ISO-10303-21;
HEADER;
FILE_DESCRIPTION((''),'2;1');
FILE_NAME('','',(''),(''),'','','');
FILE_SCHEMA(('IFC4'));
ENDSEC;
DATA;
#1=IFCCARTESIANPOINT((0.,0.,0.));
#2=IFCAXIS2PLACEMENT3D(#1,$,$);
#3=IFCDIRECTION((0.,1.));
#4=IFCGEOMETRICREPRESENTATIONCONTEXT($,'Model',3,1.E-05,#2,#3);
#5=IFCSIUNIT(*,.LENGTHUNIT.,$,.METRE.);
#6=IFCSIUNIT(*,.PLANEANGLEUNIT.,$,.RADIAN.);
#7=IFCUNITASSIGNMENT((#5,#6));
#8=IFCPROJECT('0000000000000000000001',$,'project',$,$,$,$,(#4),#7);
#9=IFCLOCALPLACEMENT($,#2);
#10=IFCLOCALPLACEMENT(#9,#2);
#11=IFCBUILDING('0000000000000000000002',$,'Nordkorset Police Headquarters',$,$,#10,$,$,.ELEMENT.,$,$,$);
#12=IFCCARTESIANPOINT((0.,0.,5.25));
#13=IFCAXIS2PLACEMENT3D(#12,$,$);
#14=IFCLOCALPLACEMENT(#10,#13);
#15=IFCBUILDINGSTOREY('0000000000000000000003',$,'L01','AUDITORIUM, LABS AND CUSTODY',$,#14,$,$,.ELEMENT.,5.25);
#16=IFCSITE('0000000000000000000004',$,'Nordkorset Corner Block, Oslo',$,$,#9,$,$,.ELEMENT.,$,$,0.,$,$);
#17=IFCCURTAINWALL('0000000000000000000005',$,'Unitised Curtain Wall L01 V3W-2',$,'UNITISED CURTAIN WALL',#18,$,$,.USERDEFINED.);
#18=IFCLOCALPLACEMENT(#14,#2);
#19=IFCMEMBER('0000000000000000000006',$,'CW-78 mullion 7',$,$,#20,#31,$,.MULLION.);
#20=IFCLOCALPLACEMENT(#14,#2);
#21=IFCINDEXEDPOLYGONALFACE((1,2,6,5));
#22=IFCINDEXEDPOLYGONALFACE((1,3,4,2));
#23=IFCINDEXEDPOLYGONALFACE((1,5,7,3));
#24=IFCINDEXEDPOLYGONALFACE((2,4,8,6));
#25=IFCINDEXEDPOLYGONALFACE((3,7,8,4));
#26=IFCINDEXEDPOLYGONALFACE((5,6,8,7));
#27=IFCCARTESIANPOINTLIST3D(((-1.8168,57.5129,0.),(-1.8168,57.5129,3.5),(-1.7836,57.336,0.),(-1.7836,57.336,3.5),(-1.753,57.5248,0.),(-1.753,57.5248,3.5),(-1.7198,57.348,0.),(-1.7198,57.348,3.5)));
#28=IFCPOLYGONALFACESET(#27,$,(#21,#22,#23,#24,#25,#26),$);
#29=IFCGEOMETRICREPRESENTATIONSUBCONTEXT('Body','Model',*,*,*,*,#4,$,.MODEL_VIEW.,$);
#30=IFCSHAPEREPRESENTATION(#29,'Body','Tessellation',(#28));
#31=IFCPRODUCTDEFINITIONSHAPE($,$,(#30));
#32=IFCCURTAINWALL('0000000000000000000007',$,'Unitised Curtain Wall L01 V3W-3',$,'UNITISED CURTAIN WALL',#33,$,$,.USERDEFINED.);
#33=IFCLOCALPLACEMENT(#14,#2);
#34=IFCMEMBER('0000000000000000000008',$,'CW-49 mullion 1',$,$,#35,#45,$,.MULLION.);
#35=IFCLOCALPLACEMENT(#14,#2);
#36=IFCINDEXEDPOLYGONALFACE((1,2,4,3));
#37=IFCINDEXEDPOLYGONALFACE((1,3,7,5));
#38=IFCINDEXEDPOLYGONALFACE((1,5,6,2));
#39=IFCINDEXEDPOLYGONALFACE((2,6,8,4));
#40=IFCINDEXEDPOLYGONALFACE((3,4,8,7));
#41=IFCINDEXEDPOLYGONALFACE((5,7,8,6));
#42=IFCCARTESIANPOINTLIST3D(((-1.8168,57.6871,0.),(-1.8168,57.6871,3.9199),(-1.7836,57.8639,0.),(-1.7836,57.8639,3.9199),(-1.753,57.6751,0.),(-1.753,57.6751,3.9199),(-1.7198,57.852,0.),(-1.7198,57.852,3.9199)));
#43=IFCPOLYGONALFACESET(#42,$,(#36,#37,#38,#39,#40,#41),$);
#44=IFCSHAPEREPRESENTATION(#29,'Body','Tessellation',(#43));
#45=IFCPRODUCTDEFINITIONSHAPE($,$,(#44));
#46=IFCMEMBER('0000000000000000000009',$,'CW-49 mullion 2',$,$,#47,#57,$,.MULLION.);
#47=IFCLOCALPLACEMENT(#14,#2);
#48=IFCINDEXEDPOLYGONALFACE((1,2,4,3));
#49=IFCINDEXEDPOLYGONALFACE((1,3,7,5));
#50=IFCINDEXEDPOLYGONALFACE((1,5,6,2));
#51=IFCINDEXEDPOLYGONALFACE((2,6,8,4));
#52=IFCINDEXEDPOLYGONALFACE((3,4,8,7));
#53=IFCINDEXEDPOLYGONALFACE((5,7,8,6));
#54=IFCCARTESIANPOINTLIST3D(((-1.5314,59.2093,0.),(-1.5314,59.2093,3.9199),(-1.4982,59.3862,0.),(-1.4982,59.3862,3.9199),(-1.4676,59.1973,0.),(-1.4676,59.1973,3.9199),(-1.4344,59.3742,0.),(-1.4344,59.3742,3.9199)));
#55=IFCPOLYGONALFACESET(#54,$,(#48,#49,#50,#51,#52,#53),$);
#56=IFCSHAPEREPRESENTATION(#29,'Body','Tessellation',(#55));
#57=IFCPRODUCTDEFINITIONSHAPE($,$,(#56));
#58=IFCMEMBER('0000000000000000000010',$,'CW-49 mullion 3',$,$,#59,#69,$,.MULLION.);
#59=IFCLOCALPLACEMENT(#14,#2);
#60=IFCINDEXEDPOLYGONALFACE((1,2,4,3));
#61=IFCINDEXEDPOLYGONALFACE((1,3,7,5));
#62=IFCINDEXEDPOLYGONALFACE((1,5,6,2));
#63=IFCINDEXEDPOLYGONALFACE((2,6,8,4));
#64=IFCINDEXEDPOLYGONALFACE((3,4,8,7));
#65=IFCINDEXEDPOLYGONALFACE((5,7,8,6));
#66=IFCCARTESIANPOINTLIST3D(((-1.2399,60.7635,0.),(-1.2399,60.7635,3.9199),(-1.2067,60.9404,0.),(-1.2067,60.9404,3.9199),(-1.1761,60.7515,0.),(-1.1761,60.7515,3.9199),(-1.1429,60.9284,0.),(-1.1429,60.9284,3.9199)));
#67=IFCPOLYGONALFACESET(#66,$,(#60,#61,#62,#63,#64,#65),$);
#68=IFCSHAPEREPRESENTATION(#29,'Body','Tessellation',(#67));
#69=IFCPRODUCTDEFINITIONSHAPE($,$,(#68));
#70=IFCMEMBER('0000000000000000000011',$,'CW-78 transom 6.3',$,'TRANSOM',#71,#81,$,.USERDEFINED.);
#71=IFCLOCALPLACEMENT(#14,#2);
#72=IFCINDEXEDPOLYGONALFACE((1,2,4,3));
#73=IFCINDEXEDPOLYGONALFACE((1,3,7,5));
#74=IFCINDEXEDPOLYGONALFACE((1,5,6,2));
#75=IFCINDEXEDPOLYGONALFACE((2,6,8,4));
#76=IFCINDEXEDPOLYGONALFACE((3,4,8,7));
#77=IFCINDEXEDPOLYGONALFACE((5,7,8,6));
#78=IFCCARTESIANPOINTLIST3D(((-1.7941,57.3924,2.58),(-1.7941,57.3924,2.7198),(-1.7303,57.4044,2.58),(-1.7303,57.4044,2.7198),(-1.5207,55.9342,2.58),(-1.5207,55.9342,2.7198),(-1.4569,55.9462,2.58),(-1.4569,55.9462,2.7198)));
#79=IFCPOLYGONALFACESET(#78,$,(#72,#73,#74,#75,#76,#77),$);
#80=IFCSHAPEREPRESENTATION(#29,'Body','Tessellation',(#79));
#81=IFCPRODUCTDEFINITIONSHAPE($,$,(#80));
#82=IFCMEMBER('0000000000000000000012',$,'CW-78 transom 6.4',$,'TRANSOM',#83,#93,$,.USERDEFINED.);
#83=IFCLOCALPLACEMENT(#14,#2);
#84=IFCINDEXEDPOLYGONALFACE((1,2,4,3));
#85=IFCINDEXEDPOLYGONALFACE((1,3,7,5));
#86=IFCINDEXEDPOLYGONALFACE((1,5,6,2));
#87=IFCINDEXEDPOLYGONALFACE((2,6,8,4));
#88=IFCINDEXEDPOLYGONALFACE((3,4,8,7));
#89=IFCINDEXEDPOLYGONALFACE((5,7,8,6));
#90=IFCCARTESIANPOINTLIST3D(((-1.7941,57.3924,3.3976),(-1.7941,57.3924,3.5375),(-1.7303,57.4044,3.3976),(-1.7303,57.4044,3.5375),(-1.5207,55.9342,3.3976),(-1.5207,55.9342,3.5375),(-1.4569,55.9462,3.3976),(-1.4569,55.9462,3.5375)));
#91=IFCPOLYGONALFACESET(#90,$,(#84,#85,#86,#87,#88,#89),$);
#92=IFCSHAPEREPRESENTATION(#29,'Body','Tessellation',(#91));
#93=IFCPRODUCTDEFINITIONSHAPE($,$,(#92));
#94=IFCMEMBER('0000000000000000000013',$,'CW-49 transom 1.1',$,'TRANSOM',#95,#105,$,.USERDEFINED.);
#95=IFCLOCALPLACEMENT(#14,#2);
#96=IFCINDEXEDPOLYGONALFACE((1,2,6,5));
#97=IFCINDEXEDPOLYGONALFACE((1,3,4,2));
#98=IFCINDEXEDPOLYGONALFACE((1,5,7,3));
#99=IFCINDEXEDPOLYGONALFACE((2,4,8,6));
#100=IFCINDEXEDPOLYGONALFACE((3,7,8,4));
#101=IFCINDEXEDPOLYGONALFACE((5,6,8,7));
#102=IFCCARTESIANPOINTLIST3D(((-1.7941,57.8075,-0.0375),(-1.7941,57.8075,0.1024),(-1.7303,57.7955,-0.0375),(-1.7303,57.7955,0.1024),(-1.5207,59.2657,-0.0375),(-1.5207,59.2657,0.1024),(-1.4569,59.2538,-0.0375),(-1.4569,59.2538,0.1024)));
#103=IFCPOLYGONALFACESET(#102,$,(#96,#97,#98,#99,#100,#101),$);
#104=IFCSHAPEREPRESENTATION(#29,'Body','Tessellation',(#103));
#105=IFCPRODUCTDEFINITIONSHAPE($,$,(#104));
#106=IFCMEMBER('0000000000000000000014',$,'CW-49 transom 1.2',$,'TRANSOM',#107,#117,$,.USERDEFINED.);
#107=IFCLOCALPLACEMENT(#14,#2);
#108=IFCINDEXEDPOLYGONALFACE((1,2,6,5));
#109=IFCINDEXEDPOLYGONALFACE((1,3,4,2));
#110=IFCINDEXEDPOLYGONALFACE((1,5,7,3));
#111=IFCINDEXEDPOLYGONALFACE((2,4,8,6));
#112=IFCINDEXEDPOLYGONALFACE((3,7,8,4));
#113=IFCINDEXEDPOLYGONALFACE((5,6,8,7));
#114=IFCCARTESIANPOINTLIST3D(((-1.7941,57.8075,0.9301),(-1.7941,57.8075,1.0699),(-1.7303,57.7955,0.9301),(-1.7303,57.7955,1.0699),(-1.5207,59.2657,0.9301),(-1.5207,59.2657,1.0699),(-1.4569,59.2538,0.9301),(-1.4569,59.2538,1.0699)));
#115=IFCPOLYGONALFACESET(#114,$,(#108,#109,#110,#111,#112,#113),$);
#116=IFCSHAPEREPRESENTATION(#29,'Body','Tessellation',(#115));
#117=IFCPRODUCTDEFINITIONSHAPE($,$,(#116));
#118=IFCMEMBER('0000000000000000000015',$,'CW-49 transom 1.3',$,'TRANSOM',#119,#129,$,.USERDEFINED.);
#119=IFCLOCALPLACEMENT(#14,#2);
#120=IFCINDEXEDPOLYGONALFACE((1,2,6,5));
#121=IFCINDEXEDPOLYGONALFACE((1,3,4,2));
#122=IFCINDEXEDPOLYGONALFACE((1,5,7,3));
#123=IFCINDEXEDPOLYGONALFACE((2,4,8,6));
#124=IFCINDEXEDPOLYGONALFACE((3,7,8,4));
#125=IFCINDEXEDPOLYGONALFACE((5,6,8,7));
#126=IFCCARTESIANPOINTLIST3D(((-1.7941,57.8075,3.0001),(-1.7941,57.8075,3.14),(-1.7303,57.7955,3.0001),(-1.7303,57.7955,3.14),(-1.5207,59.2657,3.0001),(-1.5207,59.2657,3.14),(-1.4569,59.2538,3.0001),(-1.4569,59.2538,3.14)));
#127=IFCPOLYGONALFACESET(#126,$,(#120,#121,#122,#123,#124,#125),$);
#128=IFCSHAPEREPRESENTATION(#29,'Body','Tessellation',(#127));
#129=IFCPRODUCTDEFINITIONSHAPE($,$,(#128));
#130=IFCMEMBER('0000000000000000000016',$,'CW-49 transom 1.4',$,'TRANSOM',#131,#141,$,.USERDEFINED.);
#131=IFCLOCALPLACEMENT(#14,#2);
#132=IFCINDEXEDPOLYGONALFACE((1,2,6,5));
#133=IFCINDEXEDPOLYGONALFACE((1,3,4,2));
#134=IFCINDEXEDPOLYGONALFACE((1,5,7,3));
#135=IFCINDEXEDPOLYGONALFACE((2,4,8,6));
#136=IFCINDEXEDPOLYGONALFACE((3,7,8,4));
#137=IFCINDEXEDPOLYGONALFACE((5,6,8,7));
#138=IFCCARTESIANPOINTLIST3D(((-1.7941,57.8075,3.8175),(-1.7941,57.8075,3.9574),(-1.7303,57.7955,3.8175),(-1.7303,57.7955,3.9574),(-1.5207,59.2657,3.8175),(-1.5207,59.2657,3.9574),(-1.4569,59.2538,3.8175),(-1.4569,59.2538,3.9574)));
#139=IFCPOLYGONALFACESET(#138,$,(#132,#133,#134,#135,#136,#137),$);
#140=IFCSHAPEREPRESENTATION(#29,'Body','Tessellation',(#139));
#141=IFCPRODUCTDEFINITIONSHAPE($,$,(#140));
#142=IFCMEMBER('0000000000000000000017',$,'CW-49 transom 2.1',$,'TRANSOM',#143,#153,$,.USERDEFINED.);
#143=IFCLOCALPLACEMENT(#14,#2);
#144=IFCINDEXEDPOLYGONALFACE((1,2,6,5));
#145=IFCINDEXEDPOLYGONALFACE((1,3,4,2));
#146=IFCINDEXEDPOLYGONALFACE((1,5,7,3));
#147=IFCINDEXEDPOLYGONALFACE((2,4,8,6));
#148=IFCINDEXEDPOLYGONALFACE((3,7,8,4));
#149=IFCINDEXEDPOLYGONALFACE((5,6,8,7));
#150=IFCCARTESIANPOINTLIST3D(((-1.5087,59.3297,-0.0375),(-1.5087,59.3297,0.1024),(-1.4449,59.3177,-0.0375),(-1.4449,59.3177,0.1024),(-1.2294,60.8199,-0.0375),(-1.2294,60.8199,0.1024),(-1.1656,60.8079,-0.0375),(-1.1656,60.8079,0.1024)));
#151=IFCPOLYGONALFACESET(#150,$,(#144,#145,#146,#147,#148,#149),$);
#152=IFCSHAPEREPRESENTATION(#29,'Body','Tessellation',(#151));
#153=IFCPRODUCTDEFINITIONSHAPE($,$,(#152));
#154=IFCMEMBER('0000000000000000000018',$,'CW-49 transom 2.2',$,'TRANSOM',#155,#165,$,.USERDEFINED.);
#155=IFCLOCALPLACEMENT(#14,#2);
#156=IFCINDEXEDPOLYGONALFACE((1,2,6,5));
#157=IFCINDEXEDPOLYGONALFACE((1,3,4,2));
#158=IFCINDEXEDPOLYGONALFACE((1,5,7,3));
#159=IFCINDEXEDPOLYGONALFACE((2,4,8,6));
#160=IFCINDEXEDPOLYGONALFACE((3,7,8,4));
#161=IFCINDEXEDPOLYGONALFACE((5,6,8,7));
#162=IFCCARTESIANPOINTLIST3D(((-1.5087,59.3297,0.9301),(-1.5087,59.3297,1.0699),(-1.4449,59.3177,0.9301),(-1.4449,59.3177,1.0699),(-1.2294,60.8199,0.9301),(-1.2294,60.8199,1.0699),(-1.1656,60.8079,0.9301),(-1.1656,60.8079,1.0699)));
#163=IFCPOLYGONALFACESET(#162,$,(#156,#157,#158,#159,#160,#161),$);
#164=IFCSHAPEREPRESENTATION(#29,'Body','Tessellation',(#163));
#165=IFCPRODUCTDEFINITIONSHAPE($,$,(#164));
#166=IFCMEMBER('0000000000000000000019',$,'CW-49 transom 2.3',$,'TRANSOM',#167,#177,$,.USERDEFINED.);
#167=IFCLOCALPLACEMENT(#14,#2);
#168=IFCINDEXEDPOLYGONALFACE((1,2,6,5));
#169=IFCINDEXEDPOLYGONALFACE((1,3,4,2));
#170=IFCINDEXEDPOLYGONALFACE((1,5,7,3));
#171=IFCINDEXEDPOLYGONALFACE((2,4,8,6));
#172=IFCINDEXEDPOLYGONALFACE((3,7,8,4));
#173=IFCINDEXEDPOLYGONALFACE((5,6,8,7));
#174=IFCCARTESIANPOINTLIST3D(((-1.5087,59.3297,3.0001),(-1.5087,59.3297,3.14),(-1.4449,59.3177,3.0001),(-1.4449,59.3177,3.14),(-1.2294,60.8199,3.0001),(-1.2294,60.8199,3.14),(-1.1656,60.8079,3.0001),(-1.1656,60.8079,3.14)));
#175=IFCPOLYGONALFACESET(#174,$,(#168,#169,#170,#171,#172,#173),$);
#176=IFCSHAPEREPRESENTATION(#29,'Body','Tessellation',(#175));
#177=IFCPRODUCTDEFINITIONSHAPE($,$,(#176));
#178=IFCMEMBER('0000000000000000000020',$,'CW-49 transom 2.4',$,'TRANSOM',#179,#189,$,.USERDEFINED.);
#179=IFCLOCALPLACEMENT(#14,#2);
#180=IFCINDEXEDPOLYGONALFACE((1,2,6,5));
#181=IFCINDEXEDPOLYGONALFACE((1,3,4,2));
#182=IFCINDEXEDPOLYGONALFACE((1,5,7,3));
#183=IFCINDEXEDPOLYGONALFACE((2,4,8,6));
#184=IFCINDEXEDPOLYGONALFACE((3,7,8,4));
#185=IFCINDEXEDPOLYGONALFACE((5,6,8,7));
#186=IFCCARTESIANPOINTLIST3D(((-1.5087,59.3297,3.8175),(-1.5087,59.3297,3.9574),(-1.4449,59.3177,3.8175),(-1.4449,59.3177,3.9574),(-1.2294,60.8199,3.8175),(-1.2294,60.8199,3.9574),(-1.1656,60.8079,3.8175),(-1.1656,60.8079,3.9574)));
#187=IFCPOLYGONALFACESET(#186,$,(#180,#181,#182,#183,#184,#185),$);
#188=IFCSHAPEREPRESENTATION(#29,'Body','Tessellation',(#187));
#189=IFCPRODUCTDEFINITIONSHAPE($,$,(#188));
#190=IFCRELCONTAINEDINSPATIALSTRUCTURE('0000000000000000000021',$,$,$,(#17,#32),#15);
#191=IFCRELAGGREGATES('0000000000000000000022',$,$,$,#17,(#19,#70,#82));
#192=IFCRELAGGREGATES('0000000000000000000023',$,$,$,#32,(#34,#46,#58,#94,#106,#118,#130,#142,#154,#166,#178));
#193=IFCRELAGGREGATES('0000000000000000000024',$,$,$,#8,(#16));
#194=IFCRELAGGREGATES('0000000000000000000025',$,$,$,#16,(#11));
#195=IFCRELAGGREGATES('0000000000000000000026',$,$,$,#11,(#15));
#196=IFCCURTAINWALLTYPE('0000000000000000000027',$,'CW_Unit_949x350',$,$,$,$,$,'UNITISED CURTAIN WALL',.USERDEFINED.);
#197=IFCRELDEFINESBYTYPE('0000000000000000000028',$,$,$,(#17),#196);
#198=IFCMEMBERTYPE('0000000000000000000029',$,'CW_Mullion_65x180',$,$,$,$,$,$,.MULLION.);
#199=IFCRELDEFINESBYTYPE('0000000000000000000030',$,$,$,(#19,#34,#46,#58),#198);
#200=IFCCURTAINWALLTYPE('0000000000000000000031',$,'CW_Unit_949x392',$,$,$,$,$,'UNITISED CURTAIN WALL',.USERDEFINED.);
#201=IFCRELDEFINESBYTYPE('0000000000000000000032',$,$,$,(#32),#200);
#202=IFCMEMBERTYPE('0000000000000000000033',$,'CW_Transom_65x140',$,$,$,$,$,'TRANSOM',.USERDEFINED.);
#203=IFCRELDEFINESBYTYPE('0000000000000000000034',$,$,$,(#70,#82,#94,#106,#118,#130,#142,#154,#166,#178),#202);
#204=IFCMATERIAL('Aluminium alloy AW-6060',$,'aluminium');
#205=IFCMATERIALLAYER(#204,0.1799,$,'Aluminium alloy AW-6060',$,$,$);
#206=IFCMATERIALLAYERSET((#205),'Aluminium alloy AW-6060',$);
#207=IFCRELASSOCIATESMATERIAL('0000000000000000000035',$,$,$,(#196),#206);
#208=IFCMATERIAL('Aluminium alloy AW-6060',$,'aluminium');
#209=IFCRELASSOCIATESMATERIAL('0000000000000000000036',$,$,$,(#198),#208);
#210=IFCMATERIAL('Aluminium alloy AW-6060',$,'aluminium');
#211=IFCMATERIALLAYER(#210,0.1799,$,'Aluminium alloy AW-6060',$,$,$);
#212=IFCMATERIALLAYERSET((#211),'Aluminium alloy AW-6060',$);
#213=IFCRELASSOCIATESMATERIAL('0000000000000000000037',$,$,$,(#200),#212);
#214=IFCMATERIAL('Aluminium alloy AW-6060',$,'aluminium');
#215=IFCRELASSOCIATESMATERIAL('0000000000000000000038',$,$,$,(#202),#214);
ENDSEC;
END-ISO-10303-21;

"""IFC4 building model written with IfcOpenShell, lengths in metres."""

from ifc_helpers import new_model, si_unit, direction, frame, origin, origin_2d, place, context, subcontext, project, spatial, rectangle, extrude, material, layer, layer_set, material_profile, profile_set, type_object, element, aggregate, save


model = new_model("IFC4")

# Units and contexts
model_context = context("Model", 3, precision=1e-05, world=origin(), true_north=direction((0.0, 1.0)))
body_context = subcontext(model_context, "Body", "Model", "MODEL_VIEW")
ifc_project = project(units=[si_unit("LENGTHUNIT", "METRE"), si_unit("PLANEANGLEUNIT", "RADIAN")], contexts=[model_context])

# Site, building, storey
site_placement = place(None, origin())
site = spatial("IfcSite", under=ifc_project, at=site_placement, Name="Nordkorset Corner Block, Oslo", CompositionType="ELEMENT", RefElevation=0.0)
building_placement = place(site_placement, origin())
building = spatial("IfcBuilding", under=site, at=building_placement, Name="Nordkorset Police Headquarters", CompositionType="ELEMENT")
storey_placement = place(building_placement, frame((0.0, 0.0, 5.25)))
storey = spatial("IfcBuildingStorey", under=building, at=storey_placement, Name="L01", Description="AUDITORIUM, LABS AND CUSTODY", CompositionType="ELEMENT", Elevation=5.25)

# Curtain wall, member
ifc_material_1 = material(Name="Aluminium alloy AW-6060", Category="aluminium")
ifc_layer_1 = layer(ifc_material_1, 0.1799, Name="Aluminium alloy AW-6060")
ifc_layer_set_1 = layer_set([ifc_layer_1], Name="Aluminium alloy AW-6060")
curtain_wall_type_1 = type_object("IfcCurtainWallType", Name="CW_Unit_949x350", ElementType="UNITISED CURTAIN WALL", PredefinedType="USERDEFINED", material=ifc_layer_set_1)
curtain_wall_1_placement = place(storey_placement, origin())
curtain_wall_1 = element("IfcCurtainWall", 1, at=curtain_wall_1_placement, inside=storey, type_object=curtain_wall_type_1, Name="Unitised Curtain Wall L01 V3W-2", ObjectType="UNITISED CURTAIN WALL", PredefinedType="USERDEFINED")
ifc_material_2 = material(Name="Aluminium alloy AW-6060", Category="aluminium")
ifc_material_profile_1 = material_profile(ifc_material_2, rectangle(XDim=0.0649, YDim=0.1799, at=origin_2d()), Name="ALU MULL 65x180")
ifc_profile_set_1 = profile_set([ifc_material_profile_1], Name="Aluminium alloy AW-6060")
member_type_1 = type_object("IfcMemberType", Name="CW_Mullion_65x180", PredefinedType="MULLION", material=ifc_profile_set_1)
member_1_placement = place(storey_placement, frame((-1.7683, 57.4304, 0.0), z_axis=(0.0, 0.0, 1.0), x_axis=(-0.982872, -0.184289, 0.0)))
member_1 = element("IfcMember", 2, at=member_1_placement, type_object=member_type_1, Name="CW-78 mullion 7", PredefinedType="MULLION", context=body_context, shape_type="SweptSolid", body=[
    extrude(rectangle(XDim=0.0649, YDim=0.1799, at=origin_2d()), origin(), (0.0, 0.0, 1.0), 3.5),
])

# Curtain wall, members
ifc_material_3 = material(Name="Aluminium alloy AW-6060", Category="aluminium")
ifc_layer_2 = layer(ifc_material_3, 0.1799, Name="Aluminium alloy AW-6060")
ifc_layer_set_2 = layer_set([ifc_layer_2], Name="Aluminium alloy AW-6060")
curtain_wall_type_2 = type_object("IfcCurtainWallType", Name="CW_Unit_949x392", ElementType="UNITISED CURTAIN WALL", PredefinedType="USERDEFINED", material=ifc_layer_set_2)
curtain_wall_2_placement = place(storey_placement, origin())
curtain_wall_2 = element("IfcCurtainWall", 3, at=curtain_wall_2_placement, inside=storey, type_object=curtain_wall_type_2, Name="Unitised Curtain Wall L01 V3W-3", ObjectType="UNITISED CURTAIN WALL", PredefinedType="USERDEFINED")
member_2_placement = place(storey_placement, frame((-1.7683, 57.7695, 0.0), z_axis=(0.0, 0.0, 1.0), x_axis=(-0.982872, 0.184289, 0.0)))
member_2 = element("IfcMember", 4, at=member_2_placement, type_object=member_type_1, Name="CW-49 mullion 1", PredefinedType="MULLION", context=body_context, shape_type="SweptSolid", body=[
    extrude(rectangle(XDim=0.0649, YDim=0.1799, at=origin_2d()), origin(), (0.0, 0.0, 1.0), 3.9199),
])
member_3_placement = place(storey_placement, frame((-1.4829, 59.2917, 0.0), z_axis=(0.0, 0.0, 1.0), x_axis=(-0.982872, 0.184289, 0.0)))
member_3 = element("IfcMember", 5, at=member_3_placement, type_object=member_type_1, Name="CW-49 mullion 2", PredefinedType="MULLION", context=body_context, shape_type="SweptSolid", body=[
    extrude(rectangle(XDim=0.0649, YDim=0.1799, at=origin_2d()), origin(), (0.0, 0.0, 1.0), 3.9199),
])
member_4_placement = place(storey_placement, frame((-1.1914, 60.8459, 0.0), z_axis=(0.0, 0.0, 1.0), x_axis=(-0.982872, 0.184289, 0.0)))
member_4 = element("IfcMember", 6, at=member_4_placement, type_object=member_type_1, Name="CW-49 mullion 3", PredefinedType="MULLION", context=body_context, shape_type="SweptSolid", body=[
    extrude(rectangle(XDim=0.0649, YDim=0.1799, at=origin_2d()), origin(), (0.0, 0.0, 1.0), 3.9199),
])

# Members
ifc_material_4 = material(Name="Aluminium alloy AW-6060", Category="aluminium")
ifc_material_profile_2 = material_profile(ifc_material_4, rectangle(XDim=0.0649, YDim=0.1399, at=origin_2d()), Name="ALU TRAN 65x140")
ifc_profile_set_2 = profile_set([ifc_material_profile_2], Name="Aluminium alloy AW-6060")
member_type_2 = type_object("IfcMemberType", Name="CW_Transom_65x140", ElementType="TRANSOM", PredefinedType="USERDEFINED", material=ifc_profile_set_2)
member_5_placement = place(storey_placement, frame((-1.4888, 55.9402, 2.6499), z_axis=(-0.184298, 0.98287, 0.0), x_axis=(-0.98287, -0.184298, 0.0)))
member_5 = element("IfcMember", 7, at=member_5_placement, type_object=member_type_2, Name="CW-78 transom 6.3", ObjectType="TRANSOM", PredefinedType="USERDEFINED", context=body_context, shape_type="SweptSolid", body=[
    extrude(rectangle(XDim=0.0649, YDim=0.1399, at=origin_2d()), origin(), (0.0, 0.0, 1.0), 1.4836),
])
member_6_placement = place(storey_placement, frame((-1.4888, 55.9402, 3.4675), z_axis=(-0.184298, 0.98287, 0.0), x_axis=(-0.98287, -0.184298, 0.0)))
member_6 = element("IfcMember", 8, at=member_6_placement, type_object=member_type_2, Name="CW-78 transom 6.4", ObjectType="TRANSOM", PredefinedType="USERDEFINED", context=body_context, shape_type="SweptSolid", body=[
    extrude(rectangle(XDim=0.0649, YDim=0.1399, at=origin_2d()), origin(), (0.0, 0.0, 1.0), 1.4836),
])
member_7_placement = place(storey_placement, frame((-1.7622, 57.8015, 0.0325), z_axis=(0.184298, 0.98287, 0.0), x_axis=(-0.98287, 0.184298, 0.0)))
member_7 = element("IfcMember", 9, at=member_7_placement, type_object=member_type_2, Name="CW-49 transom 1.1", ObjectType="TRANSOM", PredefinedType="USERDEFINED", context=body_context, shape_type="SweptSolid", body=[
    extrude(rectangle(XDim=0.0649, YDim=0.1399, at=origin_2d()), origin(), (0.0, 0.0, 1.0), 1.4836),
])
member_8_placement = place(storey_placement, frame((-1.7622, 57.8015, 1.0), z_axis=(0.184298, 0.98287, 0.0), x_axis=(-0.98287, 0.184298, 0.0)))
member_8 = element("IfcMember", 10, at=member_8_placement, type_object=member_type_2, Name="CW-49 transom 1.2", ObjectType="TRANSOM", PredefinedType="USERDEFINED", context=body_context, shape_type="SweptSolid", body=[
    extrude(rectangle(XDim=0.0649, YDim=0.1399, at=origin_2d()), origin(), (0.0, 0.0, 1.0), 1.4836),
])
member_9_placement = place(storey_placement, frame((-1.7622, 57.8015, 3.0701), z_axis=(0.184298, 0.98287, 0.0), x_axis=(-0.98287, 0.184298, 0.0)))
member_9 = element("IfcMember", 11, at=member_9_placement, type_object=member_type_2, Name="CW-49 transom 1.3", ObjectType="TRANSOM", PredefinedType="USERDEFINED", context=body_context, shape_type="SweptSolid", body=[
    extrude(rectangle(XDim=0.0649, YDim=0.1399, at=origin_2d()), origin(), (0.0, 0.0, 1.0), 1.4836),
])
member_10_placement = place(storey_placement, frame((-1.7622, 57.8015, 3.8875), z_axis=(0.184298, 0.98287, 0.0), x_axis=(-0.98287, 0.184298, 0.0)))
member_10 = element("IfcMember", 12, at=member_10_placement, type_object=member_type_2, Name="CW-49 transom 1.4", ObjectType="TRANSOM", PredefinedType="USERDEFINED", context=body_context, shape_type="SweptSolid", body=[
    extrude(rectangle(XDim=0.0649, YDim=0.1399, at=origin_2d()), origin(), (0.0, 0.0, 1.0), 1.4836),
])
member_11_placement = place(storey_placement, frame((-1.4768, 59.3237, 0.0325), z_axis=(0.184211, 0.982887, 0.0), x_axis=(-0.982887, 0.184211, 0.0)))
member_11 = element("IfcMember", 13, at=member_11_placement, type_object=member_type_2, Name="CW-49 transom 2.1", ObjectType="TRANSOM", PredefinedType="USERDEFINED", context=body_context, shape_type="SweptSolid", body=[
    extrude(rectangle(XDim=0.0649, YDim=0.1399, at=origin_2d()), origin(), (0.0, 0.0, 1.0), 1.5161),
])
member_12_placement = place(storey_placement, frame((-1.4768, 59.3237, 1.0), z_axis=(0.184211, 0.982887, 0.0), x_axis=(-0.982887, 0.184211, 0.0)))
member_12 = element("IfcMember", 14, at=member_12_placement, type_object=member_type_2, Name="CW-49 transom 2.2", ObjectType="TRANSOM", PredefinedType="USERDEFINED", context=body_context, shape_type="SweptSolid", body=[
    extrude(rectangle(XDim=0.0649, YDim=0.1399, at=origin_2d()), origin(), (0.0, 0.0, 1.0), 1.5161),
])
member_13_placement = place(storey_placement, frame((-1.4768, 59.3237, 3.0701), z_axis=(0.184211, 0.982887, 0.0), x_axis=(-0.982887, 0.184211, 0.0)))
member_13 = element("IfcMember", 15, at=member_13_placement, type_object=member_type_2, Name="CW-49 transom 2.3", ObjectType="TRANSOM", PredefinedType="USERDEFINED", context=body_context, shape_type="SweptSolid", body=[
    extrude(rectangle(XDim=0.0649, YDim=0.1399, at=origin_2d()), origin(), (0.0, 0.0, 1.0), 1.5161),
])
member_14_placement = place(storey_placement, frame((-1.4768, 59.3237, 3.8875), z_axis=(0.184211, 0.982887, 0.0), x_axis=(-0.982887, 0.184211, 0.0)))
member_14 = element("IfcMember", 16, at=member_14_placement, type_object=member_type_2, Name="CW-49 transom 2.4", ObjectType="TRANSOM", PredefinedType="USERDEFINED", context=body_context, shape_type="SweptSolid", body=[
    extrude(rectangle(XDim=0.0649, YDim=0.1399, at=origin_2d()), origin(), (0.0, 0.0, 1.0), 1.5161),
])

aggregate(curtain_wall_1, [member_1, member_5, member_6])
aggregate(curtain_wall_2, [member_2, member_3, member_4, member_7, member_8, member_9, member_10, member_11, member_12, member_13, member_14])

save(model, "model.ifc")
